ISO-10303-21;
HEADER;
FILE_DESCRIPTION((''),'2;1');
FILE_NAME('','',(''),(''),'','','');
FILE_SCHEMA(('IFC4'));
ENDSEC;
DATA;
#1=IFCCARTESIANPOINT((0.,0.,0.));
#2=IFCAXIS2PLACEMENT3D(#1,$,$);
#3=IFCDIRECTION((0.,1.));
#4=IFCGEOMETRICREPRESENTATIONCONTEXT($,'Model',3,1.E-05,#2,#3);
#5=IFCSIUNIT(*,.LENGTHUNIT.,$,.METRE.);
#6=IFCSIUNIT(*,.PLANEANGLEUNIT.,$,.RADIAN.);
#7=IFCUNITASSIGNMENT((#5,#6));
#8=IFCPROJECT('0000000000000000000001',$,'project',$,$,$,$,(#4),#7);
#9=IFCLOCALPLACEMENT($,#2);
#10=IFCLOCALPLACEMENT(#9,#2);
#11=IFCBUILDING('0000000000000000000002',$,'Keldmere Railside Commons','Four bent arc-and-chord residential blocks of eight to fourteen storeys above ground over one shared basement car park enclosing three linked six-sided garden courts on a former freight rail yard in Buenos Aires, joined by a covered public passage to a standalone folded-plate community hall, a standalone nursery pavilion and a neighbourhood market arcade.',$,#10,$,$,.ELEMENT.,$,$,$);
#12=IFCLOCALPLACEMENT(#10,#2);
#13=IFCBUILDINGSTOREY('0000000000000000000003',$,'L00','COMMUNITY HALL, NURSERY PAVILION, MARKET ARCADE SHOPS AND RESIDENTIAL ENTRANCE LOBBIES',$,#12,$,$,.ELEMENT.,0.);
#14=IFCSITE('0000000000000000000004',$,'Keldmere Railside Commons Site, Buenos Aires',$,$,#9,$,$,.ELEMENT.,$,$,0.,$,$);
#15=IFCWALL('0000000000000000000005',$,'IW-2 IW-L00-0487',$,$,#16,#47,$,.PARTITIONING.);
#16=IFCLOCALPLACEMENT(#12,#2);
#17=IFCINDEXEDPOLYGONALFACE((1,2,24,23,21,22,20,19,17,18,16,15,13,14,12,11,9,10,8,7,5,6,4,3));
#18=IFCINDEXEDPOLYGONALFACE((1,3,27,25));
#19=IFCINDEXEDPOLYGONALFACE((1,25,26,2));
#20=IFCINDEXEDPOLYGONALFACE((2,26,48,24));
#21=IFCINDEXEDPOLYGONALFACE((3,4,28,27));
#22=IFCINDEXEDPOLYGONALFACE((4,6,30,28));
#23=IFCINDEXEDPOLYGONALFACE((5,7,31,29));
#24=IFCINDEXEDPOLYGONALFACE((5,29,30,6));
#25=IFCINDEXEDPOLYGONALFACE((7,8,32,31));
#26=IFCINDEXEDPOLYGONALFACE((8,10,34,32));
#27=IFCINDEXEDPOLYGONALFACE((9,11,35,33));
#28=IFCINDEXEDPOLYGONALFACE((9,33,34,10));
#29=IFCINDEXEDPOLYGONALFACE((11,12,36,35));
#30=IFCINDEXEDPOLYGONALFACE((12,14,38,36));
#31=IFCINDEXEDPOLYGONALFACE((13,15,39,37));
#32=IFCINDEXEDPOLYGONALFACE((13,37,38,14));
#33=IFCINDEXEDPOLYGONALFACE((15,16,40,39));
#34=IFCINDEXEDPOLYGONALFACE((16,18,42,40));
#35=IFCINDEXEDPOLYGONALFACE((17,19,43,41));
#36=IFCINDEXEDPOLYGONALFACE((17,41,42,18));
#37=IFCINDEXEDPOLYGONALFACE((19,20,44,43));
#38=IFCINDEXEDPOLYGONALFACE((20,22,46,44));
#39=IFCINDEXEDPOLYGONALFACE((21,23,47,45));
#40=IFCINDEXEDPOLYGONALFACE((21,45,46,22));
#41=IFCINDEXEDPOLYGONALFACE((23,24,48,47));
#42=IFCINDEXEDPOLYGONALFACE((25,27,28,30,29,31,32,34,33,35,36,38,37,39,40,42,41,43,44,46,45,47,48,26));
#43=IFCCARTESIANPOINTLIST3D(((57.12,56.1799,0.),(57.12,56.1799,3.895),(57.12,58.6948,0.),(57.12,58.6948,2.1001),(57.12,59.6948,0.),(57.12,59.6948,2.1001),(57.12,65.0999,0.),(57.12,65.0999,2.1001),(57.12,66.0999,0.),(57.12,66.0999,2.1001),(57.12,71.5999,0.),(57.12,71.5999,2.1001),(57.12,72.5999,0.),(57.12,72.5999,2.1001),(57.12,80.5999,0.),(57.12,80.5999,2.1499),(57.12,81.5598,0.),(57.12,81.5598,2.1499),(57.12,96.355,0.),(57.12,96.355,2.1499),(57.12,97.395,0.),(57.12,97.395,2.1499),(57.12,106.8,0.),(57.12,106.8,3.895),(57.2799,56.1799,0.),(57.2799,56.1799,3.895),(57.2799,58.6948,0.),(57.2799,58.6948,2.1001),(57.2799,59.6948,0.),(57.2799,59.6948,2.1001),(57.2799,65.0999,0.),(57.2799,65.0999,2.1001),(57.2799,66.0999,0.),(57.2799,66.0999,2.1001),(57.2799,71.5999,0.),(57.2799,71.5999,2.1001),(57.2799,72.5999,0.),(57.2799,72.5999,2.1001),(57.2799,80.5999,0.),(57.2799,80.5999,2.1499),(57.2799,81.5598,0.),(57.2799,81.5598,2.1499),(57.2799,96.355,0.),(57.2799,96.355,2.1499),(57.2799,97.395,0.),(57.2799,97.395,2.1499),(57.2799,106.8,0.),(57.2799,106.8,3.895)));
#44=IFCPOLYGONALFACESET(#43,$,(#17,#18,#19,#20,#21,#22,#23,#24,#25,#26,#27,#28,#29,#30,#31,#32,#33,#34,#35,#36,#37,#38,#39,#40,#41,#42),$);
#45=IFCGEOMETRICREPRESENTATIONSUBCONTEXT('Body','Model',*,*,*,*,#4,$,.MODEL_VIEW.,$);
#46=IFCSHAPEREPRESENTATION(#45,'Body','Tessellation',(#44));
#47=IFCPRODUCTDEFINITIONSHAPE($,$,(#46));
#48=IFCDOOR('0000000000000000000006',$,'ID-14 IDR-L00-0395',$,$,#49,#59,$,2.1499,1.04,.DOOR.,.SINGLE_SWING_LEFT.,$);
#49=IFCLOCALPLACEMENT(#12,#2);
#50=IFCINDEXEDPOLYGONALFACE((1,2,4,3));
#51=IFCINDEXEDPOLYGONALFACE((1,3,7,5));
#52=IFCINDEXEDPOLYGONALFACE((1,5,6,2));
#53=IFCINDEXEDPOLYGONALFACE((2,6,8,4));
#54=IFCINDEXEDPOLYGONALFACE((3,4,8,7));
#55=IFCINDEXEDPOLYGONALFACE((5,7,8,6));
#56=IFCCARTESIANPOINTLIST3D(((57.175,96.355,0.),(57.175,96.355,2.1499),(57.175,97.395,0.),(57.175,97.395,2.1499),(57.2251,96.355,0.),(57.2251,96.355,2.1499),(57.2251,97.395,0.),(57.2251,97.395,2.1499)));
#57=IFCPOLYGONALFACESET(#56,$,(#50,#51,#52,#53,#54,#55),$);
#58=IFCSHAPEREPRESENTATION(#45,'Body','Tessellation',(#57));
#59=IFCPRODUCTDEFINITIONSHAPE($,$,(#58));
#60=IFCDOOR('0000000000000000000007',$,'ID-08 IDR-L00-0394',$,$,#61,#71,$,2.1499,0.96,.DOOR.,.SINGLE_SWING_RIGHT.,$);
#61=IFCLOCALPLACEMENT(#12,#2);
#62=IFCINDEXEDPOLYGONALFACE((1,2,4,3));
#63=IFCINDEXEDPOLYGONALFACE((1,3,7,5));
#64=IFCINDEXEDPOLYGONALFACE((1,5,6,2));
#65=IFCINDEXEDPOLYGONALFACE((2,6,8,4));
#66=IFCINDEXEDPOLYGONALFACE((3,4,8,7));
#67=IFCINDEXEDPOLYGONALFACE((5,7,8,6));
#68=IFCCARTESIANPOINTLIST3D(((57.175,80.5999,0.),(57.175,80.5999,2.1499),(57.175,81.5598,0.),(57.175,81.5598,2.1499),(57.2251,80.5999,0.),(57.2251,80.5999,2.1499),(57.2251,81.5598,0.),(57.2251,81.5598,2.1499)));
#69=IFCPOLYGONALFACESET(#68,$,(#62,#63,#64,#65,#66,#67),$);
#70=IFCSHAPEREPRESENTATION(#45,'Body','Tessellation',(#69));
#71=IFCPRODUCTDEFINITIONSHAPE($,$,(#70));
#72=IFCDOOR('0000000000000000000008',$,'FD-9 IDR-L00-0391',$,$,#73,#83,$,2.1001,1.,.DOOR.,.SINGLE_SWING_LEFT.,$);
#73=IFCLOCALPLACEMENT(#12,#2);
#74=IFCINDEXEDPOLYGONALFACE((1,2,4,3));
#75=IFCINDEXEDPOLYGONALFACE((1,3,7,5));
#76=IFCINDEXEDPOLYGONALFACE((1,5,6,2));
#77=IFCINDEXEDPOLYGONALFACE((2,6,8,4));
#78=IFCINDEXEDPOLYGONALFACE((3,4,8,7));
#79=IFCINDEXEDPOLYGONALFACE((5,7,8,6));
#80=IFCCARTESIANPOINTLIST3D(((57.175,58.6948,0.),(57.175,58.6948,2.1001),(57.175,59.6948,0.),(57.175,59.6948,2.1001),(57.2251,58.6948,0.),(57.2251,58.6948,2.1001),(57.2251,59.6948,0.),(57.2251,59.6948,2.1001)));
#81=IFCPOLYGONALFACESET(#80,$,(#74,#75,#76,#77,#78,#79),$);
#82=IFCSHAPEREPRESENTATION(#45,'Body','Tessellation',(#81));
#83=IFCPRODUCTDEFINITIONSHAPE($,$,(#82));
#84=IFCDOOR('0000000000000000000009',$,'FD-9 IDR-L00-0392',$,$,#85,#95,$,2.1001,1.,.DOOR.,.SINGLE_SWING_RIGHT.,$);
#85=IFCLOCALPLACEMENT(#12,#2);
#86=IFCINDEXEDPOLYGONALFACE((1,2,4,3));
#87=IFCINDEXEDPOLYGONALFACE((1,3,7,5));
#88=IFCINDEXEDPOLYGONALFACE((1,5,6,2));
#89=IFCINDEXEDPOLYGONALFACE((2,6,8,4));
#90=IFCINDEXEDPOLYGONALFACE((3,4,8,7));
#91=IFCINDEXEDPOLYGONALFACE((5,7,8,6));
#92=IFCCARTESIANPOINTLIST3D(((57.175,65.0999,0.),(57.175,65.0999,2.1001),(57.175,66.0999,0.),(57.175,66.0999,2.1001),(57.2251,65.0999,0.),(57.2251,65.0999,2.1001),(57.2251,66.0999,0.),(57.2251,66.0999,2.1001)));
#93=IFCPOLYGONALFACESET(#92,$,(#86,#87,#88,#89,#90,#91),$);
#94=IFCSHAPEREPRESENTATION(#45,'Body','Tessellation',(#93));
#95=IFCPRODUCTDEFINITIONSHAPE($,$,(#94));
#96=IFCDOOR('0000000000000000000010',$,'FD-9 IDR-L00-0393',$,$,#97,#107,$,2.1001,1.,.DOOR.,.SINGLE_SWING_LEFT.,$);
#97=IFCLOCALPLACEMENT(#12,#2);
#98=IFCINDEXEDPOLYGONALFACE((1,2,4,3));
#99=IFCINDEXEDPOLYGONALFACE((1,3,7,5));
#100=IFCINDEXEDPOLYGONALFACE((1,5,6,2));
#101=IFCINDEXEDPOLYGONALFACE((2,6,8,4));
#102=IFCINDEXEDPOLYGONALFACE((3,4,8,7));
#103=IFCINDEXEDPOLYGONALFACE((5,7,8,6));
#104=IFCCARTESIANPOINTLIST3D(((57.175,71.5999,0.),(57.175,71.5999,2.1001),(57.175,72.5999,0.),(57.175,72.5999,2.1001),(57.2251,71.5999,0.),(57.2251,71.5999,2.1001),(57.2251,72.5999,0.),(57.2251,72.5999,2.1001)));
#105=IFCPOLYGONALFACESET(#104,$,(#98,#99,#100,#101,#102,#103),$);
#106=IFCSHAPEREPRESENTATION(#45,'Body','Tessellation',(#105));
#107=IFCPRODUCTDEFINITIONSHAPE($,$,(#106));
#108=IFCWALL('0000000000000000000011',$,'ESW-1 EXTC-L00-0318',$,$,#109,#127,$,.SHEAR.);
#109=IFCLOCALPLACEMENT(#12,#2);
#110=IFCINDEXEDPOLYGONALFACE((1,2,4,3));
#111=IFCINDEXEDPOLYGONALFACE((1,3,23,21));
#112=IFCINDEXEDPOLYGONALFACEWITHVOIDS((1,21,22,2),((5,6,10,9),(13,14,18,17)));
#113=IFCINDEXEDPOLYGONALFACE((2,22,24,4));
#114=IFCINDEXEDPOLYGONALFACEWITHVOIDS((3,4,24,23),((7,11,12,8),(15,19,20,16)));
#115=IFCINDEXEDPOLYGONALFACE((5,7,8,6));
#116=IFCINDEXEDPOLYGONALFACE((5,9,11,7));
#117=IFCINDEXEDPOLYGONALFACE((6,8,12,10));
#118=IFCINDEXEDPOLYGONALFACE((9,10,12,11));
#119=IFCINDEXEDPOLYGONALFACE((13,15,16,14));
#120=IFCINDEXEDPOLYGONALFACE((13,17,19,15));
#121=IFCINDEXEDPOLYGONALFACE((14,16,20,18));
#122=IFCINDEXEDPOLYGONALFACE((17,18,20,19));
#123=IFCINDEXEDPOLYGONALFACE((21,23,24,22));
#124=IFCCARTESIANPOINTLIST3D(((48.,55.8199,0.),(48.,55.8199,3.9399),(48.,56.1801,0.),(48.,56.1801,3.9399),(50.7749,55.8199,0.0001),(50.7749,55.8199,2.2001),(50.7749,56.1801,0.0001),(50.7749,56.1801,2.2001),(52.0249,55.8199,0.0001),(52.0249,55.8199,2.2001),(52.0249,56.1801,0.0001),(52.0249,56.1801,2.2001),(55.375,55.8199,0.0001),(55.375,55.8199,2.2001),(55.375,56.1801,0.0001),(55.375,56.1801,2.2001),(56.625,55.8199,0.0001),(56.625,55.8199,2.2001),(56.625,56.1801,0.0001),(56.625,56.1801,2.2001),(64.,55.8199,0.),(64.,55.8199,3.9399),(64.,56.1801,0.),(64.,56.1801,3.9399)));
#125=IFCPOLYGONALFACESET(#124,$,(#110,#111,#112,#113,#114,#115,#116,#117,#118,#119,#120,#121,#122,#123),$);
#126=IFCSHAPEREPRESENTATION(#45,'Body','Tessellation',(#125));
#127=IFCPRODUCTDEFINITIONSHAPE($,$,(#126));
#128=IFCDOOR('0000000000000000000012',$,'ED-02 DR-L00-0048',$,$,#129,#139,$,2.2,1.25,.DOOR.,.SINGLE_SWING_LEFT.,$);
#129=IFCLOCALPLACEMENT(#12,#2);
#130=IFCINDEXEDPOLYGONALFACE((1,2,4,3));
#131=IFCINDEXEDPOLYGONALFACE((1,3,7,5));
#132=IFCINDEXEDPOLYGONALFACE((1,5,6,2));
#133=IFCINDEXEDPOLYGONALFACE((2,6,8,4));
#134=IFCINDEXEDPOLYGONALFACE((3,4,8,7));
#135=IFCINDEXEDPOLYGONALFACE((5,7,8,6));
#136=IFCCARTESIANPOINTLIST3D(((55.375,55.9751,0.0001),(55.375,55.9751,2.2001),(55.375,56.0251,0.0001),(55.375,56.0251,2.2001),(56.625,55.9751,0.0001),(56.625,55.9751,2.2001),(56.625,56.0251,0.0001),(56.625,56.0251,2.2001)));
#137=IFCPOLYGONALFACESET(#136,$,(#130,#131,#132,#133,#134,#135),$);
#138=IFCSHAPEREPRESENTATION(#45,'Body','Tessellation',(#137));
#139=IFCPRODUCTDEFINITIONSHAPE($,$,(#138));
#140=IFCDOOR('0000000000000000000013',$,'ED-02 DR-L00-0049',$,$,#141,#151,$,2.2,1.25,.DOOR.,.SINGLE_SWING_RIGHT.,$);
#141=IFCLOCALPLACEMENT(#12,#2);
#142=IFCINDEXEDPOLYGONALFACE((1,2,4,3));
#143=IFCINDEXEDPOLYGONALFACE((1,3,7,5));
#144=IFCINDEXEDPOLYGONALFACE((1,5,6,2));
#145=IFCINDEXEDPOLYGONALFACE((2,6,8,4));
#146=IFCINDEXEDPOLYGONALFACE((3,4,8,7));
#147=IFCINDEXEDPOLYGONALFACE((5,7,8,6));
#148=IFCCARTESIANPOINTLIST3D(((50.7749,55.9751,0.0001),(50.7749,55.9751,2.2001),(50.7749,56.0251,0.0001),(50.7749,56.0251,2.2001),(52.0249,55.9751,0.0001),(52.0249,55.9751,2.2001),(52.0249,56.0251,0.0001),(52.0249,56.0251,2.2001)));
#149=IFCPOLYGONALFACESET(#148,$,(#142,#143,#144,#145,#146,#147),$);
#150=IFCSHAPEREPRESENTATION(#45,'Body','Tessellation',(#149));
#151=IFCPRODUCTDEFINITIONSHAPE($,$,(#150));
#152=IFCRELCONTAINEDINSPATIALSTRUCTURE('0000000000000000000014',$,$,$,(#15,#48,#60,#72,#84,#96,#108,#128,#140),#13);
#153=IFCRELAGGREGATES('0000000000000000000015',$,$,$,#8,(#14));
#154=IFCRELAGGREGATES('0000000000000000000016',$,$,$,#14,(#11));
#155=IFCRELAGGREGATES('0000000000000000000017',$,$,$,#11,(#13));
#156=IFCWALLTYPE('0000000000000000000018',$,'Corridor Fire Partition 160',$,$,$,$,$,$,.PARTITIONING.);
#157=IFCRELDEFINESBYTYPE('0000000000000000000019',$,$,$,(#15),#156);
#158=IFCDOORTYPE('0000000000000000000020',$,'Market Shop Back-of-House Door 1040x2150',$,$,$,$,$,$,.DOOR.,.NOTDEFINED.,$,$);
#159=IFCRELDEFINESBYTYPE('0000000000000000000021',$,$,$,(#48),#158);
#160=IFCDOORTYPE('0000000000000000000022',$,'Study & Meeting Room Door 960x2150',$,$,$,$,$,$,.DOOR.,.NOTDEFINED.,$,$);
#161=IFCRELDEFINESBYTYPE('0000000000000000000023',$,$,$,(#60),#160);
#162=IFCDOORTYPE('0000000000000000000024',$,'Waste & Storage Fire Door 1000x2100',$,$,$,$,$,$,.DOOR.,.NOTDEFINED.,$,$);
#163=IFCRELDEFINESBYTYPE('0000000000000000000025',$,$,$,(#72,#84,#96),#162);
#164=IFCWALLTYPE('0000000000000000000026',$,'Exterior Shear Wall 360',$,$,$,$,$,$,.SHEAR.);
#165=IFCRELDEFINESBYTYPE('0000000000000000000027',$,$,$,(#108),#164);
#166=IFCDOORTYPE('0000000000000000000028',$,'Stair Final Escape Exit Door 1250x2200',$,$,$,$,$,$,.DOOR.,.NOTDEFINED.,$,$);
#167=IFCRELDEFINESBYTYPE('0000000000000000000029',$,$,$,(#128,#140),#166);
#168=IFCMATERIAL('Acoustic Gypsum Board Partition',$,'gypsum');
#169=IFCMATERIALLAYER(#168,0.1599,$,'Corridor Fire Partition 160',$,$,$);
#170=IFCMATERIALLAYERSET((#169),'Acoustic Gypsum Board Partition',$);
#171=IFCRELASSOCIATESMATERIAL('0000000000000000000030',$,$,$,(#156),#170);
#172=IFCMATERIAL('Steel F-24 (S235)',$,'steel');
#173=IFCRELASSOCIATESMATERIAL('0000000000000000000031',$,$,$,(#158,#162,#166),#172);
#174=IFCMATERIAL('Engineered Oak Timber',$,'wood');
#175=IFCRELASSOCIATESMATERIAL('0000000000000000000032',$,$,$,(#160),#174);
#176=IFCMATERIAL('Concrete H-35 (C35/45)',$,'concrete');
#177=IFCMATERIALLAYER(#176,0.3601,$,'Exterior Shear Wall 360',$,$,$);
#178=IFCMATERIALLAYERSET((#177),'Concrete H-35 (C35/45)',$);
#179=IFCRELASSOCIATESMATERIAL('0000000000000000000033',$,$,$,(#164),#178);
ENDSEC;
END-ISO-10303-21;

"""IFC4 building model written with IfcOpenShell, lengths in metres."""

from ifc_helpers import new_model, si_unit, direction, frame, frame_2d, origin, place, context, subcontext, project, spatial, rectangle, extrude, material, layer, layer_set, type_object, element, fill, save


model = new_model("IFC4")

# Units and contexts
model_context = context("Model", 3, precision=1e-05, world=origin(), true_north=direction((0.0, 1.0)))
body_context = subcontext(model_context, "Body", "Model", "MODEL_VIEW")
ifc_project = project(units=[si_unit("LENGTHUNIT", "METRE"), si_unit("PLANEANGLEUNIT", "RADIAN")], contexts=[model_context])

# Site, building, storey
site_placement = place(None, origin())
site = spatial("IfcSite", under=ifc_project, at=site_placement, Name="Keldmere Railside Commons Site, Buenos Aires", CompositionType="ELEMENT", RefElevation=0.0)
building_placement = place(site_placement, origin())
building = spatial("IfcBuilding", under=site, at=building_placement, Name="Keldmere Railside Commons", Description="Four bent arc-and-chord residential blocks of eight to fourteen storeys above ground over one shared basement car park enclosing three linked six-sided garden courts on a former freight rail yard in Buenos Aires, joined by a covered public passage to a standalone folded-plate community hall, a standalone nursery pavilion and a neighbourhood market arcade.", CompositionType="ELEMENT")
storey_placement = place(building_placement, origin())
storey = spatial("IfcBuildingStorey", under=building, at=storey_placement, Name="L00", Description="COMMUNITY HALL, NURSERY PAVILION, MARKET ARCADE SHOPS AND RESIDENTIAL ENTRANCE LOBBIES", CompositionType="ELEMENT", Elevation=0.0)

# Walls, openings, doors
ifc_material_1 = material(Name="Acoustic Gypsum Board Partition", Category="gypsum")
ifc_layer_1 = layer(ifc_material_1, 0.1599, Name="Corridor Fire Partition 160")
ifc_layer_set_1 = layer_set([ifc_layer_1], Name="Acoustic Gypsum Board Partition")
wall_type_1 = type_object("IfcWallType", Name="Corridor Fire Partition 160", PredefinedType="PARTITIONING", material=ifc_layer_set_1)
ifc_material_2 = material(Name="Steel F-24 (S235)", Category="steel")
wall_1_placement = place(storey_placement, frame((57.2, 56.1799, 0.0), z_axis=(0.0, 0.0, 1.0), x_axis=(0.0, 1.0, 0.0)))
wall_1 = element("IfcWall", 1, at=wall_1_placement, inside=storey, type_object=wall_type_1, Name="IW-2 IW-L00-0487", PredefinedType="PARTITIONING", context=body_context, shape_type="SweptSolid", body=[
    extrude(rectangle(XDim=50.6201, YDim=0.1599, at=frame_2d((25.3101, 0.0))), origin(), (0.0, 0.0, 1.0), 3.895),
])
opening_1_placement = place(wall_1_placement, frame((2.5149, 0.0, 0.0)))
opening_1 = element("IfcOpeningElement", 2, at=opening_1_placement, cuts=wall_1, PredefinedType="OPENING", context=body_context, shape_type="SweptSolid", body=[
    extrude(rectangle(XDim=1.0, YDim=2.1001, at=frame_2d((0.5, 1.05))), frame((0.0, 0.0898, 0.0), z_axis=(0.0, -1.0, 0.0), x_axis=(1.0, 0.0, 0.0)), (0.0, 0.0, 1.0), 0.1799),
])
opening_2_placement = place(wall_1_placement, frame((8.9199, 0.0, 0.0)))
opening_2 = element("IfcOpeningElement", 3, at=opening_2_placement, cuts=wall_1, PredefinedType="OPENING", context=body_context, shape_type="SweptSolid", body=[
    extrude(rectangle(XDim=1.0, YDim=2.1001, at=frame_2d((0.5, 1.05))), frame((0.0, 0.0898, 0.0), z_axis=(0.0, -1.0, 0.0), x_axis=(1.0, 0.0, 0.0)), (0.0, 0.0, 1.0), 0.1799),
])
opening_3_placement = place(wall_1_placement, frame((15.4199, 0.0, 0.0)))
opening_3 = element("IfcOpeningElement", 4, at=opening_3_placement, cuts=wall_1, PredefinedType="OPENING", context=body_context, shape_type="SweptSolid", body=[
    extrude(rectangle(XDim=1.0, YDim=2.1001, at=frame_2d((0.5, 1.05))), frame((0.0, 0.0898, 0.0), z_axis=(0.0, -1.0, 0.0), x_axis=(1.0, 0.0, 0.0)), (0.0, 0.0, 1.0), 0.1799),
])
opening_4_placement = place(wall_1_placement, frame((24.4199, 0.0, 0.0)))
opening_4 = element("IfcOpeningElement", 5, at=opening_4_placement, cuts=wall_1, PredefinedType="OPENING", context=body_context, shape_type="SweptSolid", body=[
    extrude(rectangle(XDim=0.96, YDim=2.1499, at=frame_2d((0.48, 1.075))), frame((0.0, 0.0898, 0.0), z_axis=(0.0, -1.0, 0.0), x_axis=(1.0, 0.0, 0.0)), (0.0, 0.0, 1.0), 0.1799),
])
opening_5_placement = place(wall_1_placement, frame((40.175, 0.0, 0.0)))
opening_5 = element("IfcOpeningElement", 6, at=opening_5_placement, cuts=wall_1, PredefinedType="OPENING", context=body_context, shape_type="SweptSolid", body=[
    extrude(rectangle(XDim=1.04, YDim=2.1499, at=frame_2d((0.52, 1.075))), frame((0.0, 0.0898, 0.0), z_axis=(0.0, -1.0, 0.0), x_axis=(1.0, 0.0, 0.0)), (0.0, 0.0, 1.0), 0.1799),
])
door_type_1 = type_object("IfcDoorType", Name="Market Shop Back-of-House Door 1040x2150", OperationType="NOTDEFINED", PredefinedType="DOOR", material=ifc_material_2)
door_1_placement = place(opening_5_placement, origin())
door_1 = element("IfcDoor", 7, at=door_1_placement, inside=storey, type_object=door_type_1, Name="ID-14 IDR-L00-0395", OperationType="SINGLE_SWING_LEFT", OverallHeight=2.1499, OverallWidth=1.04, PredefinedType="DOOR", context=body_context, shape_type="SweptSolid", body=[
    extrude(rectangle(XDim=1.04, YDim=2.1499, at=frame_2d((0.52, 1.075))), frame((0.0, 0.0249, 0.0), z_axis=(0.0, -1.0, 0.0), x_axis=(1.0, 0.0, 0.0)), (0.0, 0.0, 1.0), 0.05),
])
fill(opening_5, door_1)
ifc_material_3 = material(Name="Engineered Oak Timber", Category="wood")
door_type_2 = type_object("IfcDoorType", Name="Study & Meeting Room Door 960x2150", OperationType="NOTDEFINED", PredefinedType="DOOR", material=ifc_material_3)
door_2_placement = place(opening_4_placement, origin())
door_2 = element("IfcDoor", 8, at=door_2_placement, inside=storey, type_object=door_type_2, Name="ID-08 IDR-L00-0394", OperationType="SINGLE_SWING_RIGHT", OverallHeight=2.1499, OverallWidth=0.96, PredefinedType="DOOR", context=body_context, shape_type="SweptSolid", body=[
    extrude(rectangle(XDim=0.96, YDim=2.1499, at=frame_2d((0.48, 1.075))), frame((0.0, 0.0249, 0.0), z_axis=(0.0, -1.0, 0.0), x_axis=(1.0, 0.0, 0.0)), (0.0, 0.0, 1.0), 0.05),
])
fill(opening_4, door_2)
door_type_3 = type_object("IfcDoorType", Name="Waste & Storage Fire Door 1000x2100", OperationType="NOTDEFINED", PredefinedType="DOOR", material=ifc_material_2)
door_3_placement = place(opening_1_placement, origin())
door_3 = element("IfcDoor", 9, at=door_3_placement, inside=storey, type_object=door_type_3, Name="FD-9 IDR-L00-0391", OperationType="SINGLE_SWING_LEFT", OverallHeight=2.1001, OverallWidth=1.0, PredefinedType="DOOR", context=body_context, shape_type="SweptSolid", body=[
    extrude(rectangle(XDim=1.0, YDim=2.1001, at=frame_2d((0.5, 1.05))), frame((0.0, 0.0249, 0.0), z_axis=(0.0, -1.0, 0.0), x_axis=(1.0, 0.0, 0.0)), (0.0, 0.0, 1.0), 0.05),
])
fill(opening_1, door_3)
door_4_placement = place(opening_2_placement, origin())
door_4 = element("IfcDoor", 10, at=door_4_placement, inside=storey, type_object=door_type_3, Name="FD-9 IDR-L00-0392", OperationType="SINGLE_SWING_RIGHT", OverallHeight=2.1001, OverallWidth=1.0, PredefinedType="DOOR", context=body_context, shape_type="SweptSolid", body=[
    extrude(rectangle(XDim=1.0, YDim=2.1001, at=frame_2d((0.5, 1.05))), frame((0.0, 0.0249, 0.0), z_axis=(0.0, -1.0, 0.0), x_axis=(1.0, 0.0, 0.0)), (0.0, 0.0, 1.0), 0.05),
])
fill(opening_2, door_4)
door_5_placement = place(opening_3_placement, origin())
door_5 = element("IfcDoor", 11, at=door_5_placement, inside=storey, type_object=door_type_3, Name="FD-9 IDR-L00-0393", OperationType="SINGLE_SWING_LEFT", OverallHeight=2.1001, OverallWidth=1.0, PredefinedType="DOOR", context=body_context, shape_type="SweptSolid", body=[
    extrude(rectangle(XDim=1.0, YDim=2.1001, at=frame_2d((0.5, 1.05))), frame((0.0, 0.0249, 0.0), z_axis=(0.0, -1.0, 0.0), x_axis=(1.0, 0.0, 0.0)), (0.0, 0.0, 1.0), 0.05),
])
fill(opening_3, door_5)
ifc_material_4 = material(Name="Concrete H-35 (C35/45)", Category="concrete")
ifc_layer_2 = layer(ifc_material_4, 0.3601, Name="Exterior Shear Wall 360")
ifc_layer_set_2 = layer_set([ifc_layer_2], Name="Concrete H-35 (C35/45)")
wall_type_2 = type_object("IfcWallType", Name="Exterior Shear Wall 360", PredefinedType="SHEAR", material=ifc_layer_set_2)
wall_2_placement = place(storey_placement, frame((64.0, 56.0, 0.0), z_axis=(0.0, 0.0, 1.0), x_axis=(-1.0, 0.0, 0.0)))
wall_2 = element("IfcWall", 12, at=wall_2_placement, inside=storey, type_object=wall_type_2, Name="ESW-1 EXTC-L00-0318", PredefinedType="SHEAR", context=body_context, shape_type="SweptSolid", body=[
    extrude(rectangle(XDim=16.0, YDim=0.3601, at=frame_2d((8.0, 0.0))), origin(), (0.0, 0.0, 1.0), 3.9399),
])
opening_6_placement = place(wall_2_placement, frame((7.375, 0.0, 0.0)))
opening_6 = element("IfcOpeningElement", 13, at=opening_6_placement, cuts=wall_2, PredefinedType="OPENING", context=body_context, shape_type="SweptSolid", body=[
    extrude(rectangle(XDim=1.25, YDim=2.2, at=frame_2d((0.625, 1.1001))), frame((0.0, 0.1899, 0.0), z_axis=(0.0, -1.0, 0.0), x_axis=(1.0, 0.0, 0.0)), (0.0, 0.0, 1.0), 0.3801),
])
opening_7_placement = place(wall_2_placement, frame((11.9751, 0.0, 0.0)))
opening_7 = element("IfcOpeningElement", 14, at=opening_7_placement, cuts=wall_2, PredefinedType="OPENING", context=body_context, shape_type="SweptSolid", body=[
    extrude(rectangle(XDim=1.25, YDim=2.2, at=frame_2d((0.625, 1.1001))), frame((0.0, 0.1899, 0.0), z_axis=(0.0, -1.0, 0.0), x_axis=(1.0, 0.0, 0.0)), (0.0, 0.0, 1.0), 0.3801),
])
door_type_4 = type_object("IfcDoorType", Name="Stair Final Escape Exit Door 1250x2200", OperationType="NOTDEFINED", PredefinedType="DOOR", material=ifc_material_2)
door_6_placement = place(opening_6_placement, origin())
door_6 = element("IfcDoor", 15, at=door_6_placement, inside=storey, type_object=door_type_4, Name="ED-02 DR-L00-0048", OperationType="SINGLE_SWING_LEFT", OverallHeight=2.2, OverallWidth=1.25, PredefinedType="DOOR", context=body_context, shape_type="SweptSolid", body=[
    extrude(rectangle(XDim=1.25, YDim=2.2, at=frame_2d((0.625, 1.1001))), frame((0.0, 0.0249, 0.0), z_axis=(0.0, -1.0, 0.0), x_axis=(1.0, 0.0, 0.0)), (0.0, 0.0, 1.0), 0.05),
])
fill(opening_6, door_6)
door_7_placement = place(opening_7_placement, origin())
door_7 = element("IfcDoor", 16, at=door_7_placement, inside=storey, type_object=door_type_4, Name="ED-02 DR-L00-0049", OperationType="SINGLE_SWING_RIGHT", OverallHeight=2.2, OverallWidth=1.25, PredefinedType="DOOR", context=body_context, shape_type="SweptSolid", body=[
    extrude(rectangle(XDim=1.25, YDim=2.2, at=frame_2d((0.625, 1.1001))), frame((0.0, 0.0249, 0.0), z_axis=(0.0, -1.0, 0.0), x_axis=(1.0, 0.0, 0.0)), (0.0, 0.0, 1.0), 0.05),
])
fill(opening_7, door_7)

save(model, "model.ifc")
